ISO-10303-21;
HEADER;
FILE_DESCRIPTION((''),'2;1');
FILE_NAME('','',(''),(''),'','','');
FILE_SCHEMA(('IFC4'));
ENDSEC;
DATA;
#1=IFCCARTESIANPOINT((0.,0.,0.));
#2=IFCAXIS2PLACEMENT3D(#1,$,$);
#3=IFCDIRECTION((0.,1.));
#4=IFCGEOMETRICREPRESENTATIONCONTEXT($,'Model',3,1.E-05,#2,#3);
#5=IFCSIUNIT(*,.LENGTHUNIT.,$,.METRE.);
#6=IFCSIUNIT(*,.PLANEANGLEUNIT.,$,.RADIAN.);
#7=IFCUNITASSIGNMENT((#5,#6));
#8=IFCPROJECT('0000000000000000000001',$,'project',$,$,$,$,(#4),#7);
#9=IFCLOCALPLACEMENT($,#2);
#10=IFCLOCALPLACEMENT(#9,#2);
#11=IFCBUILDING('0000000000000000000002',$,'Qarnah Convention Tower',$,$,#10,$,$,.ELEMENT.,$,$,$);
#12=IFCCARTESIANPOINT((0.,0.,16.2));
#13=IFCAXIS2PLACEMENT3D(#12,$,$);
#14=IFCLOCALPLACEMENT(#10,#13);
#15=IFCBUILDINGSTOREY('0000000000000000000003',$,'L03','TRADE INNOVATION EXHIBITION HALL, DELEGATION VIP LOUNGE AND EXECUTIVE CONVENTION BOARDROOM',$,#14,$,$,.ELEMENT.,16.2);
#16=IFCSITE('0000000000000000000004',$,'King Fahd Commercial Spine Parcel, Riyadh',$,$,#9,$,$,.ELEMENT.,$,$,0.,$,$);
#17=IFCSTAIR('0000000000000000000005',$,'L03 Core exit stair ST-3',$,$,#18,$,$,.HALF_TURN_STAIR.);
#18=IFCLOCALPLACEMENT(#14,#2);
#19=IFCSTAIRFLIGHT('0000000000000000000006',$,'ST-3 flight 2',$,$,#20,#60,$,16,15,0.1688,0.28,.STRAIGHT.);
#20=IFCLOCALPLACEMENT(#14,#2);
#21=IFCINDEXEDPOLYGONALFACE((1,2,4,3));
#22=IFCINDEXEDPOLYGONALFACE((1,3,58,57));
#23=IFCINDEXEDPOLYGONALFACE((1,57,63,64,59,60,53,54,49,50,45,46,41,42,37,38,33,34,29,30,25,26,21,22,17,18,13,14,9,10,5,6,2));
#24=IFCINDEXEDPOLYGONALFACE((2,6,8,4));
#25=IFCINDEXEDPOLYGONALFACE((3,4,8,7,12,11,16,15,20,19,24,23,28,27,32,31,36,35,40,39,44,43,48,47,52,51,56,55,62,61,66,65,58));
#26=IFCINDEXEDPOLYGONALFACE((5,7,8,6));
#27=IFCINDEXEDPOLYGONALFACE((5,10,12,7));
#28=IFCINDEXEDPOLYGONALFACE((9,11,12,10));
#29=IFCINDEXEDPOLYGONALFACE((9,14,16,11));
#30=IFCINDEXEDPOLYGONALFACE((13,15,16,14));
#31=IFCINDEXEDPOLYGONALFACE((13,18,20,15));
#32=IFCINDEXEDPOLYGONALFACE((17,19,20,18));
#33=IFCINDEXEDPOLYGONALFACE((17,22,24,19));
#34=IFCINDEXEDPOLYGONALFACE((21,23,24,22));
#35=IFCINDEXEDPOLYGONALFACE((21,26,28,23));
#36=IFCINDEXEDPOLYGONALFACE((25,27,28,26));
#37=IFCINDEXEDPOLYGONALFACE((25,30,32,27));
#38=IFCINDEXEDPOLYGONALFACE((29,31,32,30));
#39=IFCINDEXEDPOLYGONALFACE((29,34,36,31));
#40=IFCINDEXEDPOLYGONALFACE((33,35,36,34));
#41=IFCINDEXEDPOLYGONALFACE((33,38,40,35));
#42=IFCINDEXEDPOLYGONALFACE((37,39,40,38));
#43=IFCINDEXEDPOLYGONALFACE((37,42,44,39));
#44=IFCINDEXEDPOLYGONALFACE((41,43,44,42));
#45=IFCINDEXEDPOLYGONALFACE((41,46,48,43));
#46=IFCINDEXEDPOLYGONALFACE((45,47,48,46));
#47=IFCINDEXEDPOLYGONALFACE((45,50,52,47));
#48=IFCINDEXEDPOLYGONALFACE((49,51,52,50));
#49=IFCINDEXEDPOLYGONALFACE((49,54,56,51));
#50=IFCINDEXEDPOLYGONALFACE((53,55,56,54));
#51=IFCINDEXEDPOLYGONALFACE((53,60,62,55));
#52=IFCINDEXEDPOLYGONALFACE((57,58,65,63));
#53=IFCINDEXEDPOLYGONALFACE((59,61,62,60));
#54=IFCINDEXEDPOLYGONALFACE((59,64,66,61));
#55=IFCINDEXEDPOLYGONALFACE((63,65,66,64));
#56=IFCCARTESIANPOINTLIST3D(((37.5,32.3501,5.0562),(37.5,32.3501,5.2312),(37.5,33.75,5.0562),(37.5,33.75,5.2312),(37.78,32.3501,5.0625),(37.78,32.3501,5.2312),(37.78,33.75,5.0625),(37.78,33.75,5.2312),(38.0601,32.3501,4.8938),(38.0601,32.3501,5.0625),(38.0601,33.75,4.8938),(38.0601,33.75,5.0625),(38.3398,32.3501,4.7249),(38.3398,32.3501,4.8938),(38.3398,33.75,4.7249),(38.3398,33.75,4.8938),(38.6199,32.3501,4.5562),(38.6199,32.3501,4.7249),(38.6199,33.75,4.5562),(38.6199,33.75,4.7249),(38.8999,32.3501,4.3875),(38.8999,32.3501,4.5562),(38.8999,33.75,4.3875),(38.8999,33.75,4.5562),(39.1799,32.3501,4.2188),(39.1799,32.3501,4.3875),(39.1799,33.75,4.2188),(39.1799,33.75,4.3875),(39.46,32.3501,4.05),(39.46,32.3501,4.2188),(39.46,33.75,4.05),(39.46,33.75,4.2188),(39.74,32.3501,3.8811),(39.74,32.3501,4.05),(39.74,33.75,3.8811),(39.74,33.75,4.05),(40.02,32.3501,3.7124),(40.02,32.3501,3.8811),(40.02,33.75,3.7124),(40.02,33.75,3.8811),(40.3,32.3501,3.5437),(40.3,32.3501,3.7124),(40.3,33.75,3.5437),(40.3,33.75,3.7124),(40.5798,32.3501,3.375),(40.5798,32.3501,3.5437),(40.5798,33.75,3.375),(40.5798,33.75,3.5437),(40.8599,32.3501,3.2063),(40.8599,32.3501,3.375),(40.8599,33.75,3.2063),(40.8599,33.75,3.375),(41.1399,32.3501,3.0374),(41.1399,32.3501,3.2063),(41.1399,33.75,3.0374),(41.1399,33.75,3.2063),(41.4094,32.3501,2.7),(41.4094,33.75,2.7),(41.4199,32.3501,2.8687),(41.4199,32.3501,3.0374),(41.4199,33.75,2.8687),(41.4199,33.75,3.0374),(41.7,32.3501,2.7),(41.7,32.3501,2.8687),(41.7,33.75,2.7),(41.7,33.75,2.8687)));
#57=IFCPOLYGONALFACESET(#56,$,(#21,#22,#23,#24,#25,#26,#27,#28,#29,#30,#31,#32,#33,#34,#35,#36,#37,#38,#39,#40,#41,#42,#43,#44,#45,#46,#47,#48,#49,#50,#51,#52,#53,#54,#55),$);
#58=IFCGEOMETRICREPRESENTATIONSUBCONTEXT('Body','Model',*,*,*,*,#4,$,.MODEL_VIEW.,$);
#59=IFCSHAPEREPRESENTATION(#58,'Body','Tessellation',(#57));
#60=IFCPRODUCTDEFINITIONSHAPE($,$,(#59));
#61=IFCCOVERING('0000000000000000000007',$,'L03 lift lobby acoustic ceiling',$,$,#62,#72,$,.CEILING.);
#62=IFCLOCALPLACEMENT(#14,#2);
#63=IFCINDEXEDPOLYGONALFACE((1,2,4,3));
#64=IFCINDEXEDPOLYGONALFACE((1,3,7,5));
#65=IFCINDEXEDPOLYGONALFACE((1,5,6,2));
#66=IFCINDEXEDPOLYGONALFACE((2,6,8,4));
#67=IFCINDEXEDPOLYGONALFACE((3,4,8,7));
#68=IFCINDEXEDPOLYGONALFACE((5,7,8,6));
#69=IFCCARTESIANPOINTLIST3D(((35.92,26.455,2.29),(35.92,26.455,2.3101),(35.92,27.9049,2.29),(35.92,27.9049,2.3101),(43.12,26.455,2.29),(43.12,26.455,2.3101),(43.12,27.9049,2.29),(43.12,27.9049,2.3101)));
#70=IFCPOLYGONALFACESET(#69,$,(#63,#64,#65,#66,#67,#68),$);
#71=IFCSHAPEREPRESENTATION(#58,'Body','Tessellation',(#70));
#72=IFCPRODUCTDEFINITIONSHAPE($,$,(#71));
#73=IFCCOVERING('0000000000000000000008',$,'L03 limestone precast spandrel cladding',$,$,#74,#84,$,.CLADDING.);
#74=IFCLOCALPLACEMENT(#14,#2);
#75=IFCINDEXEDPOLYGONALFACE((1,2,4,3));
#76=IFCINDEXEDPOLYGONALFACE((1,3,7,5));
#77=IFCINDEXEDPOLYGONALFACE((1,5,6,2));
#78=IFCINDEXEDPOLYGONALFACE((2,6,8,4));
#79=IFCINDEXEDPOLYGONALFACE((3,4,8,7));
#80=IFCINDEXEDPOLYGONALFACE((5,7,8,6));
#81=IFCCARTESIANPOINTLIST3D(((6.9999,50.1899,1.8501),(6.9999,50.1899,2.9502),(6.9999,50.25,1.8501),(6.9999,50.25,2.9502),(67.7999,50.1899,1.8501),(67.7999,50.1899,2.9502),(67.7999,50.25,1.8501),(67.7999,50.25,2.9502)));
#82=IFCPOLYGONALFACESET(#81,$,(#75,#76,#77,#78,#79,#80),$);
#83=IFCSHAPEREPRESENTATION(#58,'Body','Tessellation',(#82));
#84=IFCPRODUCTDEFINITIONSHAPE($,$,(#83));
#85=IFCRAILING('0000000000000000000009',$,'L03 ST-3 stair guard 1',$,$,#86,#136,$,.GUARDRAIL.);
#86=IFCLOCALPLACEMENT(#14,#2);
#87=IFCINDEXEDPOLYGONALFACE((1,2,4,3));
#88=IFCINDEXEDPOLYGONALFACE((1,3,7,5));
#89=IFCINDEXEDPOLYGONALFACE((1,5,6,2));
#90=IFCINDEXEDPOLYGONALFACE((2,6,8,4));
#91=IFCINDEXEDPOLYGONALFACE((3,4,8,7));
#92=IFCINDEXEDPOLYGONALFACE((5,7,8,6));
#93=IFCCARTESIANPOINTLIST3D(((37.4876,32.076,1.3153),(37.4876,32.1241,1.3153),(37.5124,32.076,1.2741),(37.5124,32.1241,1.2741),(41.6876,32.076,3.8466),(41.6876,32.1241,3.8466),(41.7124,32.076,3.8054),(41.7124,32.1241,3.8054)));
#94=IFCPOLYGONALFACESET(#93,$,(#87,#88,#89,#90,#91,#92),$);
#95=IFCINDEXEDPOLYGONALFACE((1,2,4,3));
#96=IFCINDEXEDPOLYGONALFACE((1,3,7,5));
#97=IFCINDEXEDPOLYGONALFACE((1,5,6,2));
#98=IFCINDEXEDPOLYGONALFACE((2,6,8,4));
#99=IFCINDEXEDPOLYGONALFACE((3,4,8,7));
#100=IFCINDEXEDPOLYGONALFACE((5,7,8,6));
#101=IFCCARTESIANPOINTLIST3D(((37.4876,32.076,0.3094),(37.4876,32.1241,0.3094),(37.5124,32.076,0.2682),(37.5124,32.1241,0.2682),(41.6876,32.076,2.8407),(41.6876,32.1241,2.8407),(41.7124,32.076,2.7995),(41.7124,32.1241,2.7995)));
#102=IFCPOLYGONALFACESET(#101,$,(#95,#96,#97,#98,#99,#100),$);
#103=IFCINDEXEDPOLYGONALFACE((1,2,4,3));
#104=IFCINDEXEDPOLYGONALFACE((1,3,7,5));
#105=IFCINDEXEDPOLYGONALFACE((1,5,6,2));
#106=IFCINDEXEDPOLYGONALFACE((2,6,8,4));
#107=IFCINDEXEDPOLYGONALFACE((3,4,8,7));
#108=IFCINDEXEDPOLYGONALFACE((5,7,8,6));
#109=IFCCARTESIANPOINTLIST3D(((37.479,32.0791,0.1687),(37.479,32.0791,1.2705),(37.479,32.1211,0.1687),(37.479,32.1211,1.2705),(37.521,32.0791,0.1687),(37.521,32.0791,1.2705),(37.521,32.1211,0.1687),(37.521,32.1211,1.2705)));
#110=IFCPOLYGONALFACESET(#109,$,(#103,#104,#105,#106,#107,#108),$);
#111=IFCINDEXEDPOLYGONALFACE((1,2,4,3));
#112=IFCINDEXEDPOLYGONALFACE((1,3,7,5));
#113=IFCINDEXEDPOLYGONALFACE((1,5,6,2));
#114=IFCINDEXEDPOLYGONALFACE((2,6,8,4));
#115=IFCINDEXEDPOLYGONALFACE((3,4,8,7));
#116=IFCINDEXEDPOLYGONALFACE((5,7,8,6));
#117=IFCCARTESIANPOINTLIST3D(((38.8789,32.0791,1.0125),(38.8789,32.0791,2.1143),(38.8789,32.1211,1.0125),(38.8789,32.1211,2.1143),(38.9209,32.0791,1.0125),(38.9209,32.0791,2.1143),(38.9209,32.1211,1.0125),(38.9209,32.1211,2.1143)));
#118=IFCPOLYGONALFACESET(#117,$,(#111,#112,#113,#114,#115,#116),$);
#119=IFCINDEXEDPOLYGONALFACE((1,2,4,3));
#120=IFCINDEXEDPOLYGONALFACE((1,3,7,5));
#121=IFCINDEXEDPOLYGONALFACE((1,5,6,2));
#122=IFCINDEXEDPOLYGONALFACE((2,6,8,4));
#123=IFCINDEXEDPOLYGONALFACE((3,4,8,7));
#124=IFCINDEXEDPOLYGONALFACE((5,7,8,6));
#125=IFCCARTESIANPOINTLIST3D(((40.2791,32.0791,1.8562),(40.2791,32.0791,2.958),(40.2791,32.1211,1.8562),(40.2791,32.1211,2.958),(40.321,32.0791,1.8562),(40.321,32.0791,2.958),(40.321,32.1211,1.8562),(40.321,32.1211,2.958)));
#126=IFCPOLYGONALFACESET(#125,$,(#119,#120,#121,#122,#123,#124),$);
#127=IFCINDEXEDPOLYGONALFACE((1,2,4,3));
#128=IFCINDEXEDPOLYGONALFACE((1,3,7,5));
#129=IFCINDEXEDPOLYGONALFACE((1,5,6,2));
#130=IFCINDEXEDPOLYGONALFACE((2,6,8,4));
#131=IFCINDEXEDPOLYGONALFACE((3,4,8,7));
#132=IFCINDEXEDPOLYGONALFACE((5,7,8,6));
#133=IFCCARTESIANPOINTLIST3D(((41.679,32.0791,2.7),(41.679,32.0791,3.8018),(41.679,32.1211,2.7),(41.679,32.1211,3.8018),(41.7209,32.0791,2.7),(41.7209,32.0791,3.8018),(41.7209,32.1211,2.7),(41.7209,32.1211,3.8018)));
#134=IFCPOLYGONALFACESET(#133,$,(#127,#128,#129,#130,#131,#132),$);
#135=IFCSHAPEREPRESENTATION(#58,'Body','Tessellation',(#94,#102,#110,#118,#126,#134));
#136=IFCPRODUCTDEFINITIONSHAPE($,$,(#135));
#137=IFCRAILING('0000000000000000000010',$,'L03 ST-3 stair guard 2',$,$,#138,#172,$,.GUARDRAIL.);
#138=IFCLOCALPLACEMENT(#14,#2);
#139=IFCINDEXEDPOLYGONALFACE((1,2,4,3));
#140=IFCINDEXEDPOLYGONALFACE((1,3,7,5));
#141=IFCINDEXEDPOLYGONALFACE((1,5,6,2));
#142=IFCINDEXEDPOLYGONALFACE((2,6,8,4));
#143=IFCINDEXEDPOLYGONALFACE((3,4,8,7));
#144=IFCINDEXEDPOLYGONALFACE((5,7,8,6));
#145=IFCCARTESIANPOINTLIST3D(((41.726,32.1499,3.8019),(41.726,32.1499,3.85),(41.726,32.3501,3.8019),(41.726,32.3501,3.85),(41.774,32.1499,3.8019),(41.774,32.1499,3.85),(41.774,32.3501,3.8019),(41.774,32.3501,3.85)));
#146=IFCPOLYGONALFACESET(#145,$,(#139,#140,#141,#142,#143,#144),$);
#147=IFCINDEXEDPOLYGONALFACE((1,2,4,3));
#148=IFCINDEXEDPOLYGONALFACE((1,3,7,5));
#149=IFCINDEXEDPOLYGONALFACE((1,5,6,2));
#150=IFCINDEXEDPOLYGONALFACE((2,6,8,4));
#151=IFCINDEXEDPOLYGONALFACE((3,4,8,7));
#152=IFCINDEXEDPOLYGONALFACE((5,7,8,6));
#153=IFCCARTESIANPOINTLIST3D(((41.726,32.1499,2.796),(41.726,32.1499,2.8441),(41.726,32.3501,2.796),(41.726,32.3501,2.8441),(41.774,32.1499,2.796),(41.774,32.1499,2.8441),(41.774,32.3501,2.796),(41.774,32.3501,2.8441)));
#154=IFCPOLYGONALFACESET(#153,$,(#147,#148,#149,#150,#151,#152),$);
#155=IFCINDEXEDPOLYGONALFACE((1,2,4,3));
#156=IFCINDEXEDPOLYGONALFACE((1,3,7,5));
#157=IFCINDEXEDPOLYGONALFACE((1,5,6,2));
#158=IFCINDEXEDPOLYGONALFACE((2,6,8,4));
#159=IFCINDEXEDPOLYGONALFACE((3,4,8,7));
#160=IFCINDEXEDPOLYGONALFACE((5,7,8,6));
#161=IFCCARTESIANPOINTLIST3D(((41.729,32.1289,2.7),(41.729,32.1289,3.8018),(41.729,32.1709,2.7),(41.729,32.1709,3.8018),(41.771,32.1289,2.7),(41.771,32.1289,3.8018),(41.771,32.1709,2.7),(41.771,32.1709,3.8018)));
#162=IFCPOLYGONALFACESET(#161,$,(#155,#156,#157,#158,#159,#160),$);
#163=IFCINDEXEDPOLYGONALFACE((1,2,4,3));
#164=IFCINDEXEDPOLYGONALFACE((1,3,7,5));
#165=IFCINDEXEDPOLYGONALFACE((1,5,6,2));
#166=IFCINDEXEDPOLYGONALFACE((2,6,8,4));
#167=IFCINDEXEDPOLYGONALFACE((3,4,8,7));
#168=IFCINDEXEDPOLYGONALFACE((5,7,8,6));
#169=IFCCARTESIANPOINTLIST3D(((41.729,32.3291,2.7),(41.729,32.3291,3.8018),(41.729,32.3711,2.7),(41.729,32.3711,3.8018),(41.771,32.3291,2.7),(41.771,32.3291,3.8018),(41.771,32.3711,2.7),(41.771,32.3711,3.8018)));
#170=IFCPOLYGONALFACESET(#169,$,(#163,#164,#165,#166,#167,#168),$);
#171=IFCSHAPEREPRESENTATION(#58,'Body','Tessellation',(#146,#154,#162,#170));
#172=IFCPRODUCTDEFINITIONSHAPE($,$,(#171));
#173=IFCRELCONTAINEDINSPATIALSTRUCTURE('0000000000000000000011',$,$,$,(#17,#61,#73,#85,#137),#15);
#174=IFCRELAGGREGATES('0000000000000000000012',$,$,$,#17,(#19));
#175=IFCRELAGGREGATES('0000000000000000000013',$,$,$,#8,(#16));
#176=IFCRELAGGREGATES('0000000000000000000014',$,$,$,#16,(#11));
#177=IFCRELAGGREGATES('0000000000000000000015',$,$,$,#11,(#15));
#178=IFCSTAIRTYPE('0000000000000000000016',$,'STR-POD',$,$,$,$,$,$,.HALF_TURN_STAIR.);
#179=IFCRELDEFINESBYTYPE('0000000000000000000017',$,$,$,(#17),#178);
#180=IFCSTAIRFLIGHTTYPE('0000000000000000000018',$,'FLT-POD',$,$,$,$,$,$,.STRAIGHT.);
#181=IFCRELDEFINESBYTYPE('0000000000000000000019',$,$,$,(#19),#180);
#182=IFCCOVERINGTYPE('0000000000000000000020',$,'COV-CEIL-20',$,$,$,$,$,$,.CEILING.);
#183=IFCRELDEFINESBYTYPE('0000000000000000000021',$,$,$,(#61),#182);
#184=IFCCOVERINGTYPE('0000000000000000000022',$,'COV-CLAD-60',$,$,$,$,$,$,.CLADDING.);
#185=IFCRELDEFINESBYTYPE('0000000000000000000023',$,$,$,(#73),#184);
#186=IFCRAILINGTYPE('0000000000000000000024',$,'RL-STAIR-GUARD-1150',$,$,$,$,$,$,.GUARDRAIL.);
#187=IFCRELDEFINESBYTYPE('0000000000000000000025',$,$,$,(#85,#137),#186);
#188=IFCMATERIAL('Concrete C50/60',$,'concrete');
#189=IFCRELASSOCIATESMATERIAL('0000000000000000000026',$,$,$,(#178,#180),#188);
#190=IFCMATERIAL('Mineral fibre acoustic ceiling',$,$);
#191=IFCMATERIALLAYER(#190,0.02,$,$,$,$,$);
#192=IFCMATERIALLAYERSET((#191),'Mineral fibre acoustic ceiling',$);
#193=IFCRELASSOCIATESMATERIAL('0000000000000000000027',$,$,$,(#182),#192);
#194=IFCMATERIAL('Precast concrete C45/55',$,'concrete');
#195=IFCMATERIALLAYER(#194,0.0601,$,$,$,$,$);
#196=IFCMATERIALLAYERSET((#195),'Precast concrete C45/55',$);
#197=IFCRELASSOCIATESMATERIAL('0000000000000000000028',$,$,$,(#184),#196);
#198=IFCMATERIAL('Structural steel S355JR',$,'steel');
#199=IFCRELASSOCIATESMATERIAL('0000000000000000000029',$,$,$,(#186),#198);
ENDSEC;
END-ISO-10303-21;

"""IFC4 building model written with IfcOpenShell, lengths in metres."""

from ifc_helpers import new_model, si_unit, direction, frame, origin, origin_2d, place, context, subcontext, project, spatial, polyline, rectangle, outline, extrude, material, layer, layer_set, type_object, element, aggregate, save


model = new_model("IFC4")

# Units and contexts
model_context = context("Model", 3, precision=1e-05, world=origin(), true_north=direction((0.0, 1.0)))
body_context = subcontext(model_context, "Body", "Model", "MODEL_VIEW")
ifc_project = project(units=[si_unit("LENGTHUNIT", "METRE"), si_unit("PLANEANGLEUNIT", "RADIAN")], contexts=[model_context])

# Site, building, storey
site_placement = place(None, origin())
site = spatial("IfcSite", under=ifc_project, at=site_placement, Name="King Fahd Commercial Spine Parcel, Riyadh", CompositionType="ELEMENT", RefElevation=0.0)
building_placement = place(site_placement, origin())
building = spatial("IfcBuilding", under=site, at=building_placement, Name="Qarnah Convention Tower", CompositionType="ELEMENT")
storey_placement = place(building_placement, frame((0.0, 0.0, 16.2)))
storey = spatial("IfcBuildingStorey", under=building, at=storey_placement, Name="L03", Description="TRADE INNOVATION EXHIBITION HALL, DELEGATION VIP LOUNGE AND EXECUTIVE CONVENTION BOARDROOM", CompositionType="ELEMENT", Elevation=16.2)

# Shared definitions
ifc_material_1 = material(Name="Structural steel S355JR", Category="steel")

# Stair, stair flight
ifc_material_2 = material(Name="Concrete C50/60", Category="concrete")
stair_type = type_object("IfcStairType", Name="STR-POD", PredefinedType="HALF_TURN_STAIR", material=ifc_material_2)
stair_placement = place(storey_placement, origin())
stair = element("IfcStair", 1, at=stair_placement, inside=storey, type_object=stair_type, Name="L03 Core exit stair ST-3", PredefinedType="HALF_TURN_STAIR")
stair_flight_type = type_object("IfcStairFlightType", Name="FLT-POD", PredefinedType="STRAIGHT", material=ifc_material_2)
stair_flight_1_placement = place(storey_placement, frame((41.7, 33.05, 2.7), z_axis=(0.0, 0.0, 1.0), x_axis=(-1.0, 0.0, 0.0)))
stair_flight_1 = element("IfcStairFlight", 2, at=stair_flight_1_placement, type_object=stair_flight_type, Name="ST-3 flight 2", NumberOfRisers=16, NumberOfTreads=15, PredefinedType="STRAIGHT", RiserHeight=0.1688, TreadLength=0.28, context=body_context, shape_type="SweptSolid", body=[
    extrude(outline(polyline([(0.0, 0.0), (0.0, 0.1687), (0.28, 0.1687), (0.28, 0.3374), (0.5601, 0.3374), (0.5601, 0.5063), (0.8401, 0.5063), (0.8401, 0.675), (1.1201, 0.675), (1.1201, 0.8438), (1.3999, 0.8438), (1.3999, 1.0125), (1.6799, 1.0125), (1.6799, 1.1812), (1.96, 1.1812), (1.96, 1.3501), (2.24, 1.3501), (2.24, 1.5188), (2.52, 1.5188), (2.52, 1.6875), (2.8, 1.6875), (2.8, 1.8562), (3.0801, 1.8562), (3.0801, 2.0249), (3.3601, 2.0249), (3.3601, 2.1938), (3.6399, 2.1938), (3.6399, 2.3625), (3.9199, 2.3625), (3.9199, 2.5312), (4.2, 2.5312), (4.2, 2.7), (4.2, 2.3562), (0.2905, 0.0), (0.0, 0.0)])), frame((0.0, 0.7, 0.0), z_axis=(0.0, -1.0, 0.0), x_axis=(1.0, 0.0, 0.0)), (0.0, 0.0, 1.0), 1.3999),
])
aggregate(stair, [stair_flight_1])

# Coverings
ifc_material_3 = material(Name="Mineral fibre acoustic ceiling")
ifc_layer_1 = layer(ifc_material_3, 0.02)
ifc_layer_set_1 = layer_set([ifc_layer_1], Name="Mineral fibre acoustic ceiling")
covering_type_1 = type_object("IfcCoveringType", Name="COV-CEIL-20", PredefinedType="CEILING", material=ifc_layer_set_1)
covering_1_placement = place(storey_placement, frame((39.52, 27.1799, 2.29), z_axis=(0.0, 0.0, 1.0), x_axis=(1.0, 0.0, 0.0)))
element("IfcCovering", 3, at=covering_1_placement, inside=storey, type_object=covering_type_1, Name="L03 lift lobby acoustic ceiling", PredefinedType="CEILING", context=body_context, shape_type="SweptSolid", body=[
    extrude(rectangle(XDim=7.2, YDim=1.45, at=origin_2d()), origin(), (0.0, 0.0, 1.0), 0.02),
])
ifc_material_4 = material(Name="Precast concrete C45/55", Category="concrete")
ifc_layer_2 = layer(ifc_material_4, 0.0601)
ifc_layer_set_2 = layer_set([ifc_layer_2], Name="Precast concrete C45/55")
covering_type_2 = type_object("IfcCoveringType", Name="COV-CLAD-60", PredefinedType="CLADDING", material=ifc_layer_set_2)
covering_2_placement = place(storey_placement, frame((37.3999, 50.22, 1.8501), z_axis=(0.0, 0.0, 1.0), x_axis=(1.0, 0.0, 0.0)))
element("IfcCovering", 4, at=covering_2_placement, inside=storey, type_object=covering_type_2, Name="L03 limestone precast spandrel cladding", PredefinedType="CLADDING", context=body_context, shape_type="SweptSolid", body=[
    extrude(rectangle(XDim=60.8, YDim=0.0601, at=origin_2d()), origin(), (0.0, 0.0, 1.0), 1.1001),
])

# Railings
railing_type_1 = type_object("IfcRailingType", Name="RL-STAIR-GUARD-1150", PredefinedType="GUARDRAIL", material=ifc_material_1)
railing_1_placement = place(storey_placement, frame((37.5, 32.1001, 0.1687)))
element("IfcRailing", 5, at=railing_1_placement, inside=storey, type_object=railing_type_1, Name="L03 ST-3 stair guard 1", PredefinedType="GUARDRAIL", context=body_context, shape_type="SweptSolid", body=[
    extrude(rectangle(XDim=0.0481, YDim=0.0481, at=origin_2d()), frame((0.0, 0.0, 1.126), z_axis=(0.856476, 0.0, 0.516186), x_axis=(0.0, 1.0, 0.0)), (0.0, 0.0, 1.0), 4.9038),
    extrude(rectangle(XDim=0.0481, YDim=0.0481, at=origin_2d()), frame((0.0, 0.0, 0.1201), z_axis=(0.856476, 0.0, 0.516186), x_axis=(0.0, 1.0, 0.0)), (0.0, 0.0, 1.0), 4.9038),
    extrude(rectangle(XDim=0.042, YDim=0.042, at=origin_2d()), origin(), (0.0, 0.0, 1.0), 1.1018),
    extrude(rectangle(XDim=0.042, YDim=0.042, at=origin_2d()), frame((1.3999, 0.0, 0.8438)), (0.0, 0.0, 1.0), 1.1018),
    extrude(rectangle(XDim=0.042, YDim=0.042, at=origin_2d()), frame((2.8, 0.0, 1.6875)), (0.0, 0.0, 1.0), 1.1018),
    extrude(rectangle(XDim=0.042, YDim=0.042, at=origin_2d()), frame((4.2, 0.0, 2.5312)), (0.0, 0.0, 1.0), 1.1018),
])
railing_2_placement = place(storey_placement, frame((41.75, 32.1499, 2.7)))
element("IfcRailing", 6, at=railing_2_placement, inside=storey, type_object=railing_type_1, Name="L03 ST-3 stair guard 2", PredefinedType="GUARDRAIL", context=body_context, shape_type="SweptSolid", body=[
    extrude(rectangle(XDim=0.0481, YDim=0.0481, at=origin_2d()), frame((0.0, 0.0, 1.126), z_axis=(0.0, 1.0, 0.0), x_axis=(-1.0, 0.0, 0.0)), (0.0, 0.0, 1.0), 0.2002),
    extrude(rectangle(XDim=0.0481, YDim=0.0481, at=origin_2d()), frame((0.0, 0.0, 0.1201), z_axis=(0.0, 1.0, 0.0), x_axis=(-1.0, 0.0, 0.0)), (0.0, 0.0, 1.0), 0.2002),
    extrude(rectangle(XDim=0.042, YDim=0.042, at=origin_2d()), origin(), (0.0, 0.0, 1.0), 1.1018),
    extrude(rectangle(XDim=0.042, YDim=0.042, at=origin_2d()), frame((0.0, 0.2002, 0.0)), (0.0, 0.0, 1.0), 1.1018),
])

save(model, "model.ifc")
